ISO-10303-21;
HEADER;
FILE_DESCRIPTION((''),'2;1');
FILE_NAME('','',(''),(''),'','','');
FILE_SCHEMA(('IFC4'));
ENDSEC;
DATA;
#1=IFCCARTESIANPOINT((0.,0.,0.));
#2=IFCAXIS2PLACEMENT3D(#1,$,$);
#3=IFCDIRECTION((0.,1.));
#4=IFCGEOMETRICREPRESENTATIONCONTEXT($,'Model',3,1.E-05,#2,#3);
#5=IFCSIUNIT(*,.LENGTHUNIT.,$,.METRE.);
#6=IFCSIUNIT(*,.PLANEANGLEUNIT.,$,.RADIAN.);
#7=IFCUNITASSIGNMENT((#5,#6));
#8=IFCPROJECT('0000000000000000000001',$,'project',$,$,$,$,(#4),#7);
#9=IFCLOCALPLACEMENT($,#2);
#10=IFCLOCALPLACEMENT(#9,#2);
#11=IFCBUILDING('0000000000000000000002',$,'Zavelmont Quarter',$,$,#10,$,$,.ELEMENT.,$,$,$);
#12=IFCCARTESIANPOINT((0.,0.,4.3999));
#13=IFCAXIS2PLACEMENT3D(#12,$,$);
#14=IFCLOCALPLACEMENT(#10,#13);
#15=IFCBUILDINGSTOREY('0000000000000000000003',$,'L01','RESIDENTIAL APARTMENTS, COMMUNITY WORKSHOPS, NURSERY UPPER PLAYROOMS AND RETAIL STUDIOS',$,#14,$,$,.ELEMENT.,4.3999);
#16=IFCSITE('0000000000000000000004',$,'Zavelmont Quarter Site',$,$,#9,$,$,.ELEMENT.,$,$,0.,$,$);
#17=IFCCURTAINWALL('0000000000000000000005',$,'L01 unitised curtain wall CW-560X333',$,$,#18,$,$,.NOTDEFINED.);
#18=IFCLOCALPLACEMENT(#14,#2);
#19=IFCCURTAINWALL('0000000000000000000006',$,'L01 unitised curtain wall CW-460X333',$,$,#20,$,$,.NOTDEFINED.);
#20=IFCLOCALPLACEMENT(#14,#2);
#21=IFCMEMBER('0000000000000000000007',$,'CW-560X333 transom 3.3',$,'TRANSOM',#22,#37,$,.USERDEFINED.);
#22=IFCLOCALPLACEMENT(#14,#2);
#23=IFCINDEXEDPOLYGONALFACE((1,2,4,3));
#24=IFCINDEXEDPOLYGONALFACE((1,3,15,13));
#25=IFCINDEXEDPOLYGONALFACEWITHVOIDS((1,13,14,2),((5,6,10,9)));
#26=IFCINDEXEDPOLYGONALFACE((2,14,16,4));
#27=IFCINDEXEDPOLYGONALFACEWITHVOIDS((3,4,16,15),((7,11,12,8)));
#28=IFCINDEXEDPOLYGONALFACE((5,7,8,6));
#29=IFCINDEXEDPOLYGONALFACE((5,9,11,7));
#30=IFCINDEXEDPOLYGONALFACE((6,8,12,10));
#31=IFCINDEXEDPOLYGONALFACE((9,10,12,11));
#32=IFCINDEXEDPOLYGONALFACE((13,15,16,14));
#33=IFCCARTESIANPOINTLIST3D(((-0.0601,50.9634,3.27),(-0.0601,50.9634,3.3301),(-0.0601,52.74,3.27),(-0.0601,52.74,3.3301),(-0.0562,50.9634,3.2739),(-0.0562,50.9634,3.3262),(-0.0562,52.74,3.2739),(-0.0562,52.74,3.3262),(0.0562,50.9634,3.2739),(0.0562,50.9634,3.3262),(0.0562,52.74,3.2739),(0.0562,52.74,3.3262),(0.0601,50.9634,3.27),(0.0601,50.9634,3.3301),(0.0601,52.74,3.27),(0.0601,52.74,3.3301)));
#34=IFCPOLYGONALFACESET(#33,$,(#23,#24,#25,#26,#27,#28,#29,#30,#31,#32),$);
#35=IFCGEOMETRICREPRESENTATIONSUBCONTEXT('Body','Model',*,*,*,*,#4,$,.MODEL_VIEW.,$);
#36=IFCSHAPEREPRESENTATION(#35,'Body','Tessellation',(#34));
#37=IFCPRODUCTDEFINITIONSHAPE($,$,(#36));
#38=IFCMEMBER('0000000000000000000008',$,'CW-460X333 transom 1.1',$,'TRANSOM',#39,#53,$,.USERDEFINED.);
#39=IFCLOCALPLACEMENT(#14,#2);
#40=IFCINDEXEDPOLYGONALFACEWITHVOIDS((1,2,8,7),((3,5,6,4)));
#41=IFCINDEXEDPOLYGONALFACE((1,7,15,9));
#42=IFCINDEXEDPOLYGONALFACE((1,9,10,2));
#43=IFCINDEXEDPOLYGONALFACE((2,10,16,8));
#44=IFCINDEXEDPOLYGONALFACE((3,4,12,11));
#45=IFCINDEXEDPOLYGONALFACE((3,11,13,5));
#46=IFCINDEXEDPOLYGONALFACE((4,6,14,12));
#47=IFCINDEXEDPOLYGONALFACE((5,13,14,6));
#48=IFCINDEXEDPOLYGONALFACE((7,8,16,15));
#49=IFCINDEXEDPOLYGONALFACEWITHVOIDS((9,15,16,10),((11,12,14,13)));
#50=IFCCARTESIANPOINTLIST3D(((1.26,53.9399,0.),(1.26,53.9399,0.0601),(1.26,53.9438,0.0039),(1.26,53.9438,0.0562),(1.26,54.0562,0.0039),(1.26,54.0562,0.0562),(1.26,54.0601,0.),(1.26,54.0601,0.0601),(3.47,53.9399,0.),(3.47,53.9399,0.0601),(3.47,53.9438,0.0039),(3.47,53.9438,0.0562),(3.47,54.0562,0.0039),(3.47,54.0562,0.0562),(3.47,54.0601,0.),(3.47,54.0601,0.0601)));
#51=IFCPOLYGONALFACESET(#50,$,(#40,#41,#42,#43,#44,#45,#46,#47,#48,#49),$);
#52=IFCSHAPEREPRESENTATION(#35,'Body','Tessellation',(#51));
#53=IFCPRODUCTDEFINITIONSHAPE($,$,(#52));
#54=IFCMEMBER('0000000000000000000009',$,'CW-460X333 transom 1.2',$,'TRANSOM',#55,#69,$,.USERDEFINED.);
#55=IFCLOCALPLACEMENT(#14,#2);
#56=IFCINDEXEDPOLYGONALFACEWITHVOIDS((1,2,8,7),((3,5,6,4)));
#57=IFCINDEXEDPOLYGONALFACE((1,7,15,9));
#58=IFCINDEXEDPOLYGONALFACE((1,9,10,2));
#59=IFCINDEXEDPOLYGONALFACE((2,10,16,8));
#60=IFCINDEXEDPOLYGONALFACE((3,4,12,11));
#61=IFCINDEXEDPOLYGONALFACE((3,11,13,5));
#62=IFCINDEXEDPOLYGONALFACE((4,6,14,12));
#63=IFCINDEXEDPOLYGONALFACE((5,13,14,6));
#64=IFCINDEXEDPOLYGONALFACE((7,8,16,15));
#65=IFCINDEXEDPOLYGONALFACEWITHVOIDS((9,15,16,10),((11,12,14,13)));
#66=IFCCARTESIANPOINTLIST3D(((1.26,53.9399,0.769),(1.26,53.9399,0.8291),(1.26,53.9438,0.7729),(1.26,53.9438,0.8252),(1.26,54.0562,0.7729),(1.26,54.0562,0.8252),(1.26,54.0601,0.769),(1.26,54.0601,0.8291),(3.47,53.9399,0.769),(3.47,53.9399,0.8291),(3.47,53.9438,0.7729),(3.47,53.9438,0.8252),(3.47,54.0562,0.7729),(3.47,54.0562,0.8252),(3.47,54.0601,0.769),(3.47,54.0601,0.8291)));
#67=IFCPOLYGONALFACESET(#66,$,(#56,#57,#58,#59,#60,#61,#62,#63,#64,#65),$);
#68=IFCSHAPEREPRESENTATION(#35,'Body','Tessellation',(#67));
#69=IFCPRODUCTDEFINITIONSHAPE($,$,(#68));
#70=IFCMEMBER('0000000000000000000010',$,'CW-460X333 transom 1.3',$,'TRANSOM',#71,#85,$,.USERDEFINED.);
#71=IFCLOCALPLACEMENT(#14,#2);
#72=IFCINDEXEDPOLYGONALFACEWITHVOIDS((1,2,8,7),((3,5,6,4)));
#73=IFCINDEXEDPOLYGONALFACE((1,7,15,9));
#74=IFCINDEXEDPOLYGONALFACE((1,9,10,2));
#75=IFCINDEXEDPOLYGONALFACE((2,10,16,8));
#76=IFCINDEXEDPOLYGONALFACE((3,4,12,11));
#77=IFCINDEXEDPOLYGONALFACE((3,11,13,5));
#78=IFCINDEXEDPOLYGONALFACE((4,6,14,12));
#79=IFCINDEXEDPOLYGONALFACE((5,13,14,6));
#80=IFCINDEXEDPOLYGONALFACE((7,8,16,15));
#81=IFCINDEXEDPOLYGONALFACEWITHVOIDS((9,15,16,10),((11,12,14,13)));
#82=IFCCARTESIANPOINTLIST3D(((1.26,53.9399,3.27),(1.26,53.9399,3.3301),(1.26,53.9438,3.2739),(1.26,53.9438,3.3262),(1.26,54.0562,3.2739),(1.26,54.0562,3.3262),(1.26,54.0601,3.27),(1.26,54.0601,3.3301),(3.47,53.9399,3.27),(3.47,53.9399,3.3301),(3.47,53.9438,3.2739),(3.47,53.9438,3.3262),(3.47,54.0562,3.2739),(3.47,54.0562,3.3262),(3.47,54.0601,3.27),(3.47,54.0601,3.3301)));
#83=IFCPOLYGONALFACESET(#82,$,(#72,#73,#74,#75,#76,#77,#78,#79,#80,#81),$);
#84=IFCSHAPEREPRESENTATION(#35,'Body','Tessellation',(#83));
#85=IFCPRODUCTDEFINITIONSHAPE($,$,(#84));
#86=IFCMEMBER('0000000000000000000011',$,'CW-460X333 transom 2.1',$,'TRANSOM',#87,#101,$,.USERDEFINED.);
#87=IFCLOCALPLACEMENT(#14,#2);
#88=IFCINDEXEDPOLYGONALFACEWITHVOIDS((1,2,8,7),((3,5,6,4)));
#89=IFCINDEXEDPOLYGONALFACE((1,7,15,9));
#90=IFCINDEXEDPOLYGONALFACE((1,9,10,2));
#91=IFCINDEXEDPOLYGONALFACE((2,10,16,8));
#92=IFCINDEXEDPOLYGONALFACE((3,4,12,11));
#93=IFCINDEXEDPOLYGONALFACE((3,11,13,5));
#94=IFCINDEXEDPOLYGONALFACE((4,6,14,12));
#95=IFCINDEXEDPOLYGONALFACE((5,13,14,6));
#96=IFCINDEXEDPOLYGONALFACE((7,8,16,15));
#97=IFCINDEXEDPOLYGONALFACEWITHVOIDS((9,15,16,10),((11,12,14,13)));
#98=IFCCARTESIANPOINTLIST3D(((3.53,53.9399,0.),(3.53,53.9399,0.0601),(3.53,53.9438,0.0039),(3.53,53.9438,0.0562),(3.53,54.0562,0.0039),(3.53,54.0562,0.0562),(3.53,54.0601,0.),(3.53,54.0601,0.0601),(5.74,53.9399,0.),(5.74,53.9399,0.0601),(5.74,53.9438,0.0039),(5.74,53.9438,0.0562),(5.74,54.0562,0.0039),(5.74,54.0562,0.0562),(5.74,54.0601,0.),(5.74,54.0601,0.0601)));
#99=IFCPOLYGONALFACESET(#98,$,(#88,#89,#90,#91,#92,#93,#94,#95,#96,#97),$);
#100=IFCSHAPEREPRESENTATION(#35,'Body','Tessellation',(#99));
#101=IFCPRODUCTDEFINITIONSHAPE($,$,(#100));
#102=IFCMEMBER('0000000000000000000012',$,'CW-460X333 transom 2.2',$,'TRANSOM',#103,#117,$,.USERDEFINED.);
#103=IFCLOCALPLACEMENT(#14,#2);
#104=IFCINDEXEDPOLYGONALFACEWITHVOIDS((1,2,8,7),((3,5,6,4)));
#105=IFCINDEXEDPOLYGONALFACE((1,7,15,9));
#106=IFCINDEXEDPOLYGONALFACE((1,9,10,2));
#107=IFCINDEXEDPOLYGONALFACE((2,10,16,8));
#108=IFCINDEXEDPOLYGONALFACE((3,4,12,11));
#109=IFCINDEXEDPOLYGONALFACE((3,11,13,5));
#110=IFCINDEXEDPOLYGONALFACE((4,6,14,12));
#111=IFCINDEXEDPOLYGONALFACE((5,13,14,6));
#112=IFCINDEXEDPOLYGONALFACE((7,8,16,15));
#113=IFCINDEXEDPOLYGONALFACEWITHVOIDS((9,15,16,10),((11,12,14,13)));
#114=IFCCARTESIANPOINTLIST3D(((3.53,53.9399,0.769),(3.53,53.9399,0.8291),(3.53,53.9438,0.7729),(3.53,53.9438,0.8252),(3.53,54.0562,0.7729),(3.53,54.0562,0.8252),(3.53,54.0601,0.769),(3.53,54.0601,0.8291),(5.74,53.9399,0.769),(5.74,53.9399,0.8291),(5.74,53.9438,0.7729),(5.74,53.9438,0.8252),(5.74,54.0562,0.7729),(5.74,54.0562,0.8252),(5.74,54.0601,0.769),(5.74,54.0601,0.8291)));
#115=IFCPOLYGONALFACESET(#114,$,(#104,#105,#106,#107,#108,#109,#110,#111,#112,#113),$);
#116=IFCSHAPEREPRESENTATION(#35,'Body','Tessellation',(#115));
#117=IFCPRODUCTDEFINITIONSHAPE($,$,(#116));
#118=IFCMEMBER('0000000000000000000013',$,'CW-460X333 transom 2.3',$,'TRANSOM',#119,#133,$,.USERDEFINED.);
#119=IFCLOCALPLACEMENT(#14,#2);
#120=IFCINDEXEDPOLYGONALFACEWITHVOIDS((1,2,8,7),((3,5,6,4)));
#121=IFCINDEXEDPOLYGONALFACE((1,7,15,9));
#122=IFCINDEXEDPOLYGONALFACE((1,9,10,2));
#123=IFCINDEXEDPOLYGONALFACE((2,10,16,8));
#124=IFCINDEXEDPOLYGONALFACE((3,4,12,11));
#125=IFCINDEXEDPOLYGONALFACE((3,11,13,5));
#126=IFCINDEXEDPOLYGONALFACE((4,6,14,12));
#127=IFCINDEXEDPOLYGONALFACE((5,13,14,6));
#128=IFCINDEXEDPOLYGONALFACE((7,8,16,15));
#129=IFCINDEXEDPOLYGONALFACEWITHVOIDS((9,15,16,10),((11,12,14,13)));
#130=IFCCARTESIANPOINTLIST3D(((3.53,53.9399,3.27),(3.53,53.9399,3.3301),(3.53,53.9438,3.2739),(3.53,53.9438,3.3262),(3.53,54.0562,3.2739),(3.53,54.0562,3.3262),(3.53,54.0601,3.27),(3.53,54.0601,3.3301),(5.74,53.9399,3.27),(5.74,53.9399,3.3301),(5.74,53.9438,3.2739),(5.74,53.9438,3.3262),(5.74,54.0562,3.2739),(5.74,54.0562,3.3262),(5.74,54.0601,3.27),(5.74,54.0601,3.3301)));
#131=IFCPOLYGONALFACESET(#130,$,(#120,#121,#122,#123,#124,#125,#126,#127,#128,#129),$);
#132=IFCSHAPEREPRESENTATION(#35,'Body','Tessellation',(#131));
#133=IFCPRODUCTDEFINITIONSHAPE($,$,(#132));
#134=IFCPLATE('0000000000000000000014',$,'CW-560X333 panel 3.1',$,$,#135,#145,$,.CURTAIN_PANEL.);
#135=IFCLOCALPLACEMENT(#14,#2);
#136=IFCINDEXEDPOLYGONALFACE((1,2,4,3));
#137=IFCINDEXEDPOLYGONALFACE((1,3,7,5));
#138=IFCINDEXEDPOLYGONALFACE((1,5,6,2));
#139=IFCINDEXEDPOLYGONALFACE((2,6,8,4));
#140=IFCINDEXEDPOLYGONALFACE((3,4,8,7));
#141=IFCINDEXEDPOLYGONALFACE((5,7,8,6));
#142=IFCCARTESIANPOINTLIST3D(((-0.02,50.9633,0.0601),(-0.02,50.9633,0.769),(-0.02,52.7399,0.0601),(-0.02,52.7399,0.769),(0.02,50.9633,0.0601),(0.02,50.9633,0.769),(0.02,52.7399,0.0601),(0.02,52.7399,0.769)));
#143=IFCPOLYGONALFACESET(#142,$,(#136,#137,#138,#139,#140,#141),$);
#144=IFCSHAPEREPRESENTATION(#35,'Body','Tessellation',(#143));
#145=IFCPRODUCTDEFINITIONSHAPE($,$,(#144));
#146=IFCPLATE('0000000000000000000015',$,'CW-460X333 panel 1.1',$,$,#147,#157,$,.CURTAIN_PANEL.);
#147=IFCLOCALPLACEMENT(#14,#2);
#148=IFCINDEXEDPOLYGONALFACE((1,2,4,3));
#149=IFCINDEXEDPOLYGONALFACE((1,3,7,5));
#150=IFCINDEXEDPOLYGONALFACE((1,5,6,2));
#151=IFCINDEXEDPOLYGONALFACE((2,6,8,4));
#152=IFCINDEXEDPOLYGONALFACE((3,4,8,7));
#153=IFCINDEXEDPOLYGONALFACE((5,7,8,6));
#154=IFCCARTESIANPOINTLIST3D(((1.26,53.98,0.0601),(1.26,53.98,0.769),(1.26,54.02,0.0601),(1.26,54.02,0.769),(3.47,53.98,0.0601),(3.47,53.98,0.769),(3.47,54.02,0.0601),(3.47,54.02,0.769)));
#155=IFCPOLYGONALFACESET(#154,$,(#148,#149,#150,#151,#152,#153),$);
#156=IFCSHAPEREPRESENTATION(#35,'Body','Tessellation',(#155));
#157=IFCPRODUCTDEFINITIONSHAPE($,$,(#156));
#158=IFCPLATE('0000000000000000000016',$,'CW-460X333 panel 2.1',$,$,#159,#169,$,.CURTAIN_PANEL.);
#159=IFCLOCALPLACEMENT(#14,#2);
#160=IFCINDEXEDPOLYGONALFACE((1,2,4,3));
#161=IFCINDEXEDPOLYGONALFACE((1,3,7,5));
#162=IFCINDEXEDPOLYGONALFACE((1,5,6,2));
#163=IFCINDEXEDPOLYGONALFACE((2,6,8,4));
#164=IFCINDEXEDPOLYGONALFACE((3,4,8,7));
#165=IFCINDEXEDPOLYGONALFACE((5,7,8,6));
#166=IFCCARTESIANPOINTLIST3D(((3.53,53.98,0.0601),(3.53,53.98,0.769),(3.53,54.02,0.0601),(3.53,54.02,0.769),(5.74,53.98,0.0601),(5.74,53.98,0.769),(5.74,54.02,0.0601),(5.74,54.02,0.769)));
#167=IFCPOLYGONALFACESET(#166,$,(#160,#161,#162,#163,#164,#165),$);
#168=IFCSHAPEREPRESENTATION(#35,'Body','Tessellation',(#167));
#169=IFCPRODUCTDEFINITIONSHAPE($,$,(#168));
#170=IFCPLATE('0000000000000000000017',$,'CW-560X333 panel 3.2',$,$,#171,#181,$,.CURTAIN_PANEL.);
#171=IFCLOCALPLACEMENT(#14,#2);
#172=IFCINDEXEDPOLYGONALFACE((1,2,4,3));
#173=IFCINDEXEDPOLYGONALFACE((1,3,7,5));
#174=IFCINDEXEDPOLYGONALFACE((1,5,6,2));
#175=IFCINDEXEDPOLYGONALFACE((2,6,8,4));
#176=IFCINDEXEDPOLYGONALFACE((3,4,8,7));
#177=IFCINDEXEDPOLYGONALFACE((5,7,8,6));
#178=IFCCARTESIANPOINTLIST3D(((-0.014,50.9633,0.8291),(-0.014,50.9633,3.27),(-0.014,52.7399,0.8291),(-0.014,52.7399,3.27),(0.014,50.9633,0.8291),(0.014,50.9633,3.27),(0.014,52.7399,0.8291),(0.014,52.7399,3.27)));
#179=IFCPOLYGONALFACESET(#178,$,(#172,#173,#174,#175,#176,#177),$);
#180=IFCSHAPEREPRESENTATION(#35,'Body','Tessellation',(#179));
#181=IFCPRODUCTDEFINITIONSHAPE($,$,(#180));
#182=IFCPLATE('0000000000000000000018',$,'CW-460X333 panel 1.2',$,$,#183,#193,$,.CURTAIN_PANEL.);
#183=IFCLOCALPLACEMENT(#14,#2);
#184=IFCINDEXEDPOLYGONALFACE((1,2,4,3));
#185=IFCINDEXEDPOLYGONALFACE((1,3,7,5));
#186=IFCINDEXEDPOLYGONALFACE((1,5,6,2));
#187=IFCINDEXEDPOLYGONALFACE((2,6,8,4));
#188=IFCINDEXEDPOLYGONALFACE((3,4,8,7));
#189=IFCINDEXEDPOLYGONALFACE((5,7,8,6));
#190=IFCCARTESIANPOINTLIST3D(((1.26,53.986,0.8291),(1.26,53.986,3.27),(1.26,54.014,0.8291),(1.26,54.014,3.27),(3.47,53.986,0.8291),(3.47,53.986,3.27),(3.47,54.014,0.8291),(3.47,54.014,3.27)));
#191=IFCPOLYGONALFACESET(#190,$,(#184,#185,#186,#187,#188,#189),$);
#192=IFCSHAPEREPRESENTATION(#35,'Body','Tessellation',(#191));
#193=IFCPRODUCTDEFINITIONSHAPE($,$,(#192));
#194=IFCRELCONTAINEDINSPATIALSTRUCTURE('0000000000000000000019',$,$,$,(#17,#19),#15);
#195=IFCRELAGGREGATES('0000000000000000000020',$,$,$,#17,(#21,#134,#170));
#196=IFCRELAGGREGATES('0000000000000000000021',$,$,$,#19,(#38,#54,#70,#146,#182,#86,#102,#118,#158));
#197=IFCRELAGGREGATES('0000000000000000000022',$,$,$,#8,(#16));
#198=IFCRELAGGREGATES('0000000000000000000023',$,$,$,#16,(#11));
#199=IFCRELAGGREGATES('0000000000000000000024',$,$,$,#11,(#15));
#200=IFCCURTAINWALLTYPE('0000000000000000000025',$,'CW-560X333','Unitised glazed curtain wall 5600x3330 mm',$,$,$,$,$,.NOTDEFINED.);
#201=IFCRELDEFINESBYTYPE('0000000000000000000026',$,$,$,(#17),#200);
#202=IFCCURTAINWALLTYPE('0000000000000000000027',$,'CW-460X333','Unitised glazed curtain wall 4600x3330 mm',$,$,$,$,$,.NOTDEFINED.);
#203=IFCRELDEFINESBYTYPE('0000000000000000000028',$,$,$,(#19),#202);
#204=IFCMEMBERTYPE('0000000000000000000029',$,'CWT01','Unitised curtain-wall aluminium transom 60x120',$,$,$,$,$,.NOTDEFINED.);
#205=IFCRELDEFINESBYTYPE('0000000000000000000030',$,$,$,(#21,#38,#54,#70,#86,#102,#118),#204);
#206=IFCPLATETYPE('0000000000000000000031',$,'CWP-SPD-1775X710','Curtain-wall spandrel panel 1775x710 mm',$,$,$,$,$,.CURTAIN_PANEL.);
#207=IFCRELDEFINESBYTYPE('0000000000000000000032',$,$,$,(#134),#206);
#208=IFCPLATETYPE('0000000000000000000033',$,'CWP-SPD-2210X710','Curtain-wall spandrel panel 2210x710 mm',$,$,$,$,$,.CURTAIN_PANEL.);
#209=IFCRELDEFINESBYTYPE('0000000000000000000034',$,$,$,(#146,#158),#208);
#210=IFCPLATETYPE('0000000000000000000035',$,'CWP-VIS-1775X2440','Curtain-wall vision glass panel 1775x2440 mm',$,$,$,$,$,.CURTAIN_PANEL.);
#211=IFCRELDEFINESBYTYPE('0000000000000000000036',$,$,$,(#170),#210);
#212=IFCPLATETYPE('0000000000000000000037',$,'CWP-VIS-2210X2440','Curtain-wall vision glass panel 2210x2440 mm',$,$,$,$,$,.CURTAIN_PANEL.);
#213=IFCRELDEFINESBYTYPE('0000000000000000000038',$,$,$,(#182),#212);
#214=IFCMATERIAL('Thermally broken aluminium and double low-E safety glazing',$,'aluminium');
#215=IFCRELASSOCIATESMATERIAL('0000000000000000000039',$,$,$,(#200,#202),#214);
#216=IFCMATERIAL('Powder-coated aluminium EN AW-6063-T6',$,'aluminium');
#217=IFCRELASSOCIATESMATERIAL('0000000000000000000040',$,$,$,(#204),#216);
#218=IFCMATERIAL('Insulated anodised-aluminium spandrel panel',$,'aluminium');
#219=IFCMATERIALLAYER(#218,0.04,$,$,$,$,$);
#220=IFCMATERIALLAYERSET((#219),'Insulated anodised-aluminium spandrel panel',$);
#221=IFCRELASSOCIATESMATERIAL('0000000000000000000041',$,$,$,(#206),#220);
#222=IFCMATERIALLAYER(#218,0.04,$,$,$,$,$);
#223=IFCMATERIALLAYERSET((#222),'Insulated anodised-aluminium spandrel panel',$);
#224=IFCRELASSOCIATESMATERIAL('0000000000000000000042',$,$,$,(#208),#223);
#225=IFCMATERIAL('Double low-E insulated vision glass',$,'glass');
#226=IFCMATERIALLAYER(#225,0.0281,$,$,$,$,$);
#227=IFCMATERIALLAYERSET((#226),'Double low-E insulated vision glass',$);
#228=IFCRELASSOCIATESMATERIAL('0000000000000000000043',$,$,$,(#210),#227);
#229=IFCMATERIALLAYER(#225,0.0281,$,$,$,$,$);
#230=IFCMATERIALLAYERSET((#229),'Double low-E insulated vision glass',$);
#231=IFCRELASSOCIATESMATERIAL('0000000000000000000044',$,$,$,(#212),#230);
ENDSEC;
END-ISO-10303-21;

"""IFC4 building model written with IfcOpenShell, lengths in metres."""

from ifc_helpers import new_model, si_unit, direction, frame, origin, origin_2d, place, context, subcontext, project, spatial, rectangle, hollow_rectangle, extrude, material, layer, layer_set, material_profile, profile_set, type_object, element, aggregate, save


model = new_model("IFC4")

# Units and contexts
model_context = context("Model", 3, precision=1e-05, world=origin(), true_north=direction((0.0, 1.0)))
body_context = subcontext(model_context, "Body", "Model", "MODEL_VIEW")
ifc_project = project(units=[si_unit("LENGTHUNIT", "METRE"), si_unit("PLANEANGLEUNIT", "RADIAN")], contexts=[model_context])

# Site, building, storey
site_placement = place(None, origin())
site = spatial("IfcSite", under=ifc_project, at=site_placement, Name="Zavelmont Quarter Site", CompositionType="ELEMENT", RefElevation=0.0)
building_placement = place(site_placement, origin())
building = spatial("IfcBuilding", under=site, at=building_placement, Name="Zavelmont Quarter", CompositionType="ELEMENT")
storey_placement = place(building_placement, frame((0.0, 0.0, 4.3999)))
storey = spatial("IfcBuildingStorey", under=building, at=storey_placement, Name="L01", Description="RESIDENTIAL APARTMENTS, COMMUNITY WORKSHOPS, NURSERY UPPER PLAYROOMS AND RETAIL STUDIOS", CompositionType="ELEMENT", Elevation=4.3999)

# Curtain walls
ifc_material_1 = material(Name="Thermally broken aluminium and double low-E safety glazing", Category="aluminium")
curtain_wall_type_1 = type_object("IfcCurtainWallType", Name="CW-560X333", Description="Unitised glazed curtain wall 5600x3330 mm", PredefinedType="NOTDEFINED", material=ifc_material_1)
curtain_wall_1_placement = place(storey_placement, origin())
curtain_wall_1 = element("IfcCurtainWall", 1, at=curtain_wall_1_placement, inside=storey, type_object=curtain_wall_type_1, Name="L01 unitised curtain wall CW-560X333", PredefinedType="NOTDEFINED")
ifc_material_2 = material(Name="Powder-coated aluminium EN AW-6063-T6", Category="aluminium")
curtain_wall_type_2 = type_object("IfcCurtainWallType", Name="CW-460X333", Description="Unitised glazed curtain wall 4600x3330 mm", PredefinedType="NOTDEFINED", material=ifc_material_1)
curtain_wall_2_placement = place(storey_placement, origin())
curtain_wall_2 = element("IfcCurtainWall", 2, at=curtain_wall_2_placement, inside=storey, type_object=curtain_wall_type_2, Name="L01 unitised curtain wall CW-460X333", PredefinedType="NOTDEFINED")

# Members
ifc_material_profile_1 = material_profile(ifc_material_2, hollow_rectangle(XDim=0.1201, YDim=0.0601, WallThickness=0.0039, at=origin_2d()), Name="CWT60X120")
ifc_profile_set_1 = profile_set([ifc_material_profile_1], Name="Powder-coated aluminium EN AW-6063-T6")
member_type_1 = type_object("IfcMemberType", Name="CWT01", Description="Unitised curtain-wall aluminium transom 60x120", PredefinedType="NOTDEFINED", material=ifc_profile_set_1)
member_1_placement = place(storey_placement, frame((0.0, 50.9634, 3.3), z_axis=(0.0, 1.0, 0.0), x_axis=(-1.0, 0.0, 0.0)))
member_1 = element("IfcMember", 3, at=member_1_placement, type_object=member_type_1, Name="CW-560X333 transom 3.3", ObjectType="TRANSOM", PredefinedType="USERDEFINED", context=body_context, shape_type="SweptSolid", body=[
    extrude(hollow_rectangle(XDim=0.1201, YDim=0.0601, WallThickness=0.0039, at=origin_2d()), origin(), (0.0, 0.0, 1.0), 1.7766),
])
member_2_placement = place(storey_placement, frame((1.26, 54.0, 0.03), z_axis=(1.0, 0.0, 0.0), x_axis=(0.0, 1.0, 0.0)))
member_2 = element("IfcMember", 4, at=member_2_placement, type_object=member_type_1, Name="CW-460X333 transom 1.1", ObjectType="TRANSOM", PredefinedType="USERDEFINED", context=body_context, shape_type="SweptSolid", body=[
    extrude(hollow_rectangle(XDim=0.1201, YDim=0.0601, WallThickness=0.0039, at=origin_2d()), origin(), (0.0, 0.0, 1.0), 2.21),
])
member_3_placement = place(storey_placement, frame((1.26, 54.0, 0.7991), z_axis=(1.0, 0.0, 0.0), x_axis=(0.0, 1.0, 0.0)))
member_3 = element("IfcMember", 5, at=member_3_placement, type_object=member_type_1, Name="CW-460X333 transom 1.2", ObjectType="TRANSOM", PredefinedType="USERDEFINED", context=body_context, shape_type="SweptSolid", body=[
    extrude(hollow_rectangle(XDim=0.1201, YDim=0.0601, WallThickness=0.0039, at=origin_2d()), origin(), (0.0, 0.0, 1.0), 2.21),
])
member_4_placement = place(storey_placement, frame((1.26, 54.0, 3.3), z_axis=(1.0, 0.0, 0.0), x_axis=(0.0, 1.0, 0.0)))
member_4 = element("IfcMember", 6, at=member_4_placement, type_object=member_type_1, Name="CW-460X333 transom 1.3", ObjectType="TRANSOM", PredefinedType="USERDEFINED", context=body_context, shape_type="SweptSolid", body=[
    extrude(hollow_rectangle(XDim=0.1201, YDim=0.0601, WallThickness=0.0039, at=origin_2d()), origin(), (0.0, 0.0, 1.0), 2.21),
])
member_5_placement = place(storey_placement, frame((3.53, 54.0, 0.03), z_axis=(1.0, 0.0, 0.0), x_axis=(0.0, 1.0, 0.0)))
member_5 = element("IfcMember", 7, at=member_5_placement, type_object=member_type_1, Name="CW-460X333 transom 2.1", ObjectType="TRANSOM", PredefinedType="USERDEFINED", context=body_context, shape_type="SweptSolid", body=[
    extrude(hollow_rectangle(XDim=0.1201, YDim=0.0601, WallThickness=0.0039, at=origin_2d()), origin(), (0.0, 0.0, 1.0), 2.21),
])
member_6_placement = place(storey_placement, frame((3.53, 54.0, 0.7991), z_axis=(1.0, 0.0, 0.0), x_axis=(0.0, 1.0, 0.0)))
member_6 = element("IfcMember", 8, at=member_6_placement, type_object=member_type_1, Name="CW-460X333 transom 2.2", ObjectType="TRANSOM", PredefinedType="USERDEFINED", context=body_context, shape_type="SweptSolid", body=[
    extrude(hollow_rectangle(XDim=0.1201, YDim=0.0601, WallThickness=0.0039, at=origin_2d()), origin(), (0.0, 0.0, 1.0), 2.21),
])
member_7_placement = place(storey_placement, frame((3.53, 54.0, 3.3), z_axis=(1.0, 0.0, 0.0), x_axis=(0.0, 1.0, 0.0)))
member_7 = element("IfcMember", 9, at=member_7_placement, type_object=member_type_1, Name="CW-460X333 transom 2.3", ObjectType="TRANSOM", PredefinedType="USERDEFINED", context=body_context, shape_type="SweptSolid", body=[
    extrude(hollow_rectangle(XDim=0.1201, YDim=0.0601, WallThickness=0.0039, at=origin_2d()), origin(), (0.0, 0.0, 1.0), 2.21),
])

# Plates
ifc_material_3 = material(Name="Insulated anodised-aluminium spandrel panel", Category="aluminium")
ifc_layer_1 = layer(ifc_material_3, 0.04)
ifc_layer_set_1 = layer_set([ifc_layer_1], Name="Insulated anodised-aluminium spandrel panel")
plate_type_1 = type_object("IfcPlateType", Name="CWP-SPD-1775X710", Description="Curtain-wall spandrel panel 1775x710 mm", PredefinedType="CURTAIN_PANEL", material=ifc_layer_set_1)
plate_1_placement = place(storey_placement, frame((0.0, 51.8516, 0.0601), z_axis=(0.0, 0.0, 1.0), x_axis=(0.0, 1.0, 0.0)))
plate_1 = element("IfcPlate", 10, at=plate_1_placement, type_object=plate_type_1, Name="CW-560X333 panel 3.1", PredefinedType="CURTAIN_PANEL", context=body_context, shape_type="SweptSolid", body=[
    extrude(rectangle(XDim=1.7766, YDim=0.04, at=origin_2d()), origin(), (0.0, 0.0, 1.0), 0.709),
])
ifc_layer_2 = layer(ifc_material_3, 0.04)
ifc_layer_set_2 = layer_set([ifc_layer_2], Name="Insulated anodised-aluminium spandrel panel")
plate_type_2 = type_object("IfcPlateType", Name="CWP-SPD-2210X710", Description="Curtain-wall spandrel panel 2210x710 mm", PredefinedType="CURTAIN_PANEL", material=ifc_layer_set_2)
plate_2_placement = place(storey_placement, frame((2.365, 54.0, 0.0601), z_axis=(0.0, 0.0, 1.0), x_axis=(1.0, 0.0, 0.0)))
plate_2 = element("IfcPlate", 11, at=plate_2_placement, type_object=plate_type_2, Name="CW-460X333 panel 1.1", PredefinedType="CURTAIN_PANEL", context=body_context, shape_type="SweptSolid", body=[
    extrude(rectangle(XDim=2.21, YDim=0.04, at=origin_2d()), origin(), (0.0, 0.0, 1.0), 0.709),
])
plate_3_placement = place(storey_placement, frame((4.635, 54.0, 0.0601), z_axis=(0.0, 0.0, 1.0), x_axis=(1.0, 0.0, 0.0)))
plate_3 = element("IfcPlate", 12, at=plate_3_placement, type_object=plate_type_2, Name="CW-460X333 panel 2.1", PredefinedType="CURTAIN_PANEL", context=body_context, shape_type="SweptSolid", body=[
    extrude(rectangle(XDim=2.21, YDim=0.04, at=origin_2d()), origin(), (0.0, 0.0, 1.0), 0.709),
])
ifc_material_4 = material(Name="Double low-E insulated vision glass", Category="glass")
ifc_layer_3 = layer(ifc_material_4, 0.0281)
ifc_layer_set_3 = layer_set([ifc_layer_3], Name="Double low-E insulated vision glass")
plate_type_3 = type_object("IfcPlateType", Name="CWP-VIS-1775X2440", Description="Curtain-wall vision glass panel 1775x2440 mm", PredefinedType="CURTAIN_PANEL", material=ifc_layer_set_3)
plate_4_placement = place(storey_placement, frame((0.0, 51.8516, 0.8291), z_axis=(0.0, 0.0, 1.0), x_axis=(0.0, 1.0, 0.0)))
plate_4 = element("IfcPlate", 13, at=plate_4_placement, type_object=plate_type_3, Name="CW-560X333 panel 3.2", PredefinedType="CURTAIN_PANEL", context=body_context, shape_type="SweptSolid", body=[
    extrude(rectangle(XDim=1.7766, YDim=0.0281, at=origin_2d()), origin(), (0.0, 0.0, 1.0), 2.4409),
])
aggregate(curtain_wall_1, [member_1, plate_1, plate_4])
ifc_layer_4 = layer(ifc_material_4, 0.0281)
ifc_layer_set_4 = layer_set([ifc_layer_4], Name="Double low-E insulated vision glass")
plate_type_4 = type_object("IfcPlateType", Name="CWP-VIS-2210X2440", Description="Curtain-wall vision glass panel 2210x2440 mm", PredefinedType="CURTAIN_PANEL", material=ifc_layer_set_4)
plate_5_placement = place(storey_placement, frame((2.365, 54.0, 0.8291), z_axis=(0.0, 0.0, 1.0), x_axis=(1.0, 0.0, 0.0)))
plate_5 = element("IfcPlate", 14, at=plate_5_placement, type_object=plate_type_4, Name="CW-460X333 panel 1.2", PredefinedType="CURTAIN_PANEL", context=body_context, shape_type="SweptSolid", body=[
    extrude(rectangle(XDim=2.21, YDim=0.0281, at=origin_2d()), origin(), (0.0, 0.0, 1.0), 2.4409),
])
aggregate(curtain_wall_2, [member_2, member_3, member_4, plate_2, plate_5, member_5, member_6, member_7, plate_3])

save(model, "model.ifc")
